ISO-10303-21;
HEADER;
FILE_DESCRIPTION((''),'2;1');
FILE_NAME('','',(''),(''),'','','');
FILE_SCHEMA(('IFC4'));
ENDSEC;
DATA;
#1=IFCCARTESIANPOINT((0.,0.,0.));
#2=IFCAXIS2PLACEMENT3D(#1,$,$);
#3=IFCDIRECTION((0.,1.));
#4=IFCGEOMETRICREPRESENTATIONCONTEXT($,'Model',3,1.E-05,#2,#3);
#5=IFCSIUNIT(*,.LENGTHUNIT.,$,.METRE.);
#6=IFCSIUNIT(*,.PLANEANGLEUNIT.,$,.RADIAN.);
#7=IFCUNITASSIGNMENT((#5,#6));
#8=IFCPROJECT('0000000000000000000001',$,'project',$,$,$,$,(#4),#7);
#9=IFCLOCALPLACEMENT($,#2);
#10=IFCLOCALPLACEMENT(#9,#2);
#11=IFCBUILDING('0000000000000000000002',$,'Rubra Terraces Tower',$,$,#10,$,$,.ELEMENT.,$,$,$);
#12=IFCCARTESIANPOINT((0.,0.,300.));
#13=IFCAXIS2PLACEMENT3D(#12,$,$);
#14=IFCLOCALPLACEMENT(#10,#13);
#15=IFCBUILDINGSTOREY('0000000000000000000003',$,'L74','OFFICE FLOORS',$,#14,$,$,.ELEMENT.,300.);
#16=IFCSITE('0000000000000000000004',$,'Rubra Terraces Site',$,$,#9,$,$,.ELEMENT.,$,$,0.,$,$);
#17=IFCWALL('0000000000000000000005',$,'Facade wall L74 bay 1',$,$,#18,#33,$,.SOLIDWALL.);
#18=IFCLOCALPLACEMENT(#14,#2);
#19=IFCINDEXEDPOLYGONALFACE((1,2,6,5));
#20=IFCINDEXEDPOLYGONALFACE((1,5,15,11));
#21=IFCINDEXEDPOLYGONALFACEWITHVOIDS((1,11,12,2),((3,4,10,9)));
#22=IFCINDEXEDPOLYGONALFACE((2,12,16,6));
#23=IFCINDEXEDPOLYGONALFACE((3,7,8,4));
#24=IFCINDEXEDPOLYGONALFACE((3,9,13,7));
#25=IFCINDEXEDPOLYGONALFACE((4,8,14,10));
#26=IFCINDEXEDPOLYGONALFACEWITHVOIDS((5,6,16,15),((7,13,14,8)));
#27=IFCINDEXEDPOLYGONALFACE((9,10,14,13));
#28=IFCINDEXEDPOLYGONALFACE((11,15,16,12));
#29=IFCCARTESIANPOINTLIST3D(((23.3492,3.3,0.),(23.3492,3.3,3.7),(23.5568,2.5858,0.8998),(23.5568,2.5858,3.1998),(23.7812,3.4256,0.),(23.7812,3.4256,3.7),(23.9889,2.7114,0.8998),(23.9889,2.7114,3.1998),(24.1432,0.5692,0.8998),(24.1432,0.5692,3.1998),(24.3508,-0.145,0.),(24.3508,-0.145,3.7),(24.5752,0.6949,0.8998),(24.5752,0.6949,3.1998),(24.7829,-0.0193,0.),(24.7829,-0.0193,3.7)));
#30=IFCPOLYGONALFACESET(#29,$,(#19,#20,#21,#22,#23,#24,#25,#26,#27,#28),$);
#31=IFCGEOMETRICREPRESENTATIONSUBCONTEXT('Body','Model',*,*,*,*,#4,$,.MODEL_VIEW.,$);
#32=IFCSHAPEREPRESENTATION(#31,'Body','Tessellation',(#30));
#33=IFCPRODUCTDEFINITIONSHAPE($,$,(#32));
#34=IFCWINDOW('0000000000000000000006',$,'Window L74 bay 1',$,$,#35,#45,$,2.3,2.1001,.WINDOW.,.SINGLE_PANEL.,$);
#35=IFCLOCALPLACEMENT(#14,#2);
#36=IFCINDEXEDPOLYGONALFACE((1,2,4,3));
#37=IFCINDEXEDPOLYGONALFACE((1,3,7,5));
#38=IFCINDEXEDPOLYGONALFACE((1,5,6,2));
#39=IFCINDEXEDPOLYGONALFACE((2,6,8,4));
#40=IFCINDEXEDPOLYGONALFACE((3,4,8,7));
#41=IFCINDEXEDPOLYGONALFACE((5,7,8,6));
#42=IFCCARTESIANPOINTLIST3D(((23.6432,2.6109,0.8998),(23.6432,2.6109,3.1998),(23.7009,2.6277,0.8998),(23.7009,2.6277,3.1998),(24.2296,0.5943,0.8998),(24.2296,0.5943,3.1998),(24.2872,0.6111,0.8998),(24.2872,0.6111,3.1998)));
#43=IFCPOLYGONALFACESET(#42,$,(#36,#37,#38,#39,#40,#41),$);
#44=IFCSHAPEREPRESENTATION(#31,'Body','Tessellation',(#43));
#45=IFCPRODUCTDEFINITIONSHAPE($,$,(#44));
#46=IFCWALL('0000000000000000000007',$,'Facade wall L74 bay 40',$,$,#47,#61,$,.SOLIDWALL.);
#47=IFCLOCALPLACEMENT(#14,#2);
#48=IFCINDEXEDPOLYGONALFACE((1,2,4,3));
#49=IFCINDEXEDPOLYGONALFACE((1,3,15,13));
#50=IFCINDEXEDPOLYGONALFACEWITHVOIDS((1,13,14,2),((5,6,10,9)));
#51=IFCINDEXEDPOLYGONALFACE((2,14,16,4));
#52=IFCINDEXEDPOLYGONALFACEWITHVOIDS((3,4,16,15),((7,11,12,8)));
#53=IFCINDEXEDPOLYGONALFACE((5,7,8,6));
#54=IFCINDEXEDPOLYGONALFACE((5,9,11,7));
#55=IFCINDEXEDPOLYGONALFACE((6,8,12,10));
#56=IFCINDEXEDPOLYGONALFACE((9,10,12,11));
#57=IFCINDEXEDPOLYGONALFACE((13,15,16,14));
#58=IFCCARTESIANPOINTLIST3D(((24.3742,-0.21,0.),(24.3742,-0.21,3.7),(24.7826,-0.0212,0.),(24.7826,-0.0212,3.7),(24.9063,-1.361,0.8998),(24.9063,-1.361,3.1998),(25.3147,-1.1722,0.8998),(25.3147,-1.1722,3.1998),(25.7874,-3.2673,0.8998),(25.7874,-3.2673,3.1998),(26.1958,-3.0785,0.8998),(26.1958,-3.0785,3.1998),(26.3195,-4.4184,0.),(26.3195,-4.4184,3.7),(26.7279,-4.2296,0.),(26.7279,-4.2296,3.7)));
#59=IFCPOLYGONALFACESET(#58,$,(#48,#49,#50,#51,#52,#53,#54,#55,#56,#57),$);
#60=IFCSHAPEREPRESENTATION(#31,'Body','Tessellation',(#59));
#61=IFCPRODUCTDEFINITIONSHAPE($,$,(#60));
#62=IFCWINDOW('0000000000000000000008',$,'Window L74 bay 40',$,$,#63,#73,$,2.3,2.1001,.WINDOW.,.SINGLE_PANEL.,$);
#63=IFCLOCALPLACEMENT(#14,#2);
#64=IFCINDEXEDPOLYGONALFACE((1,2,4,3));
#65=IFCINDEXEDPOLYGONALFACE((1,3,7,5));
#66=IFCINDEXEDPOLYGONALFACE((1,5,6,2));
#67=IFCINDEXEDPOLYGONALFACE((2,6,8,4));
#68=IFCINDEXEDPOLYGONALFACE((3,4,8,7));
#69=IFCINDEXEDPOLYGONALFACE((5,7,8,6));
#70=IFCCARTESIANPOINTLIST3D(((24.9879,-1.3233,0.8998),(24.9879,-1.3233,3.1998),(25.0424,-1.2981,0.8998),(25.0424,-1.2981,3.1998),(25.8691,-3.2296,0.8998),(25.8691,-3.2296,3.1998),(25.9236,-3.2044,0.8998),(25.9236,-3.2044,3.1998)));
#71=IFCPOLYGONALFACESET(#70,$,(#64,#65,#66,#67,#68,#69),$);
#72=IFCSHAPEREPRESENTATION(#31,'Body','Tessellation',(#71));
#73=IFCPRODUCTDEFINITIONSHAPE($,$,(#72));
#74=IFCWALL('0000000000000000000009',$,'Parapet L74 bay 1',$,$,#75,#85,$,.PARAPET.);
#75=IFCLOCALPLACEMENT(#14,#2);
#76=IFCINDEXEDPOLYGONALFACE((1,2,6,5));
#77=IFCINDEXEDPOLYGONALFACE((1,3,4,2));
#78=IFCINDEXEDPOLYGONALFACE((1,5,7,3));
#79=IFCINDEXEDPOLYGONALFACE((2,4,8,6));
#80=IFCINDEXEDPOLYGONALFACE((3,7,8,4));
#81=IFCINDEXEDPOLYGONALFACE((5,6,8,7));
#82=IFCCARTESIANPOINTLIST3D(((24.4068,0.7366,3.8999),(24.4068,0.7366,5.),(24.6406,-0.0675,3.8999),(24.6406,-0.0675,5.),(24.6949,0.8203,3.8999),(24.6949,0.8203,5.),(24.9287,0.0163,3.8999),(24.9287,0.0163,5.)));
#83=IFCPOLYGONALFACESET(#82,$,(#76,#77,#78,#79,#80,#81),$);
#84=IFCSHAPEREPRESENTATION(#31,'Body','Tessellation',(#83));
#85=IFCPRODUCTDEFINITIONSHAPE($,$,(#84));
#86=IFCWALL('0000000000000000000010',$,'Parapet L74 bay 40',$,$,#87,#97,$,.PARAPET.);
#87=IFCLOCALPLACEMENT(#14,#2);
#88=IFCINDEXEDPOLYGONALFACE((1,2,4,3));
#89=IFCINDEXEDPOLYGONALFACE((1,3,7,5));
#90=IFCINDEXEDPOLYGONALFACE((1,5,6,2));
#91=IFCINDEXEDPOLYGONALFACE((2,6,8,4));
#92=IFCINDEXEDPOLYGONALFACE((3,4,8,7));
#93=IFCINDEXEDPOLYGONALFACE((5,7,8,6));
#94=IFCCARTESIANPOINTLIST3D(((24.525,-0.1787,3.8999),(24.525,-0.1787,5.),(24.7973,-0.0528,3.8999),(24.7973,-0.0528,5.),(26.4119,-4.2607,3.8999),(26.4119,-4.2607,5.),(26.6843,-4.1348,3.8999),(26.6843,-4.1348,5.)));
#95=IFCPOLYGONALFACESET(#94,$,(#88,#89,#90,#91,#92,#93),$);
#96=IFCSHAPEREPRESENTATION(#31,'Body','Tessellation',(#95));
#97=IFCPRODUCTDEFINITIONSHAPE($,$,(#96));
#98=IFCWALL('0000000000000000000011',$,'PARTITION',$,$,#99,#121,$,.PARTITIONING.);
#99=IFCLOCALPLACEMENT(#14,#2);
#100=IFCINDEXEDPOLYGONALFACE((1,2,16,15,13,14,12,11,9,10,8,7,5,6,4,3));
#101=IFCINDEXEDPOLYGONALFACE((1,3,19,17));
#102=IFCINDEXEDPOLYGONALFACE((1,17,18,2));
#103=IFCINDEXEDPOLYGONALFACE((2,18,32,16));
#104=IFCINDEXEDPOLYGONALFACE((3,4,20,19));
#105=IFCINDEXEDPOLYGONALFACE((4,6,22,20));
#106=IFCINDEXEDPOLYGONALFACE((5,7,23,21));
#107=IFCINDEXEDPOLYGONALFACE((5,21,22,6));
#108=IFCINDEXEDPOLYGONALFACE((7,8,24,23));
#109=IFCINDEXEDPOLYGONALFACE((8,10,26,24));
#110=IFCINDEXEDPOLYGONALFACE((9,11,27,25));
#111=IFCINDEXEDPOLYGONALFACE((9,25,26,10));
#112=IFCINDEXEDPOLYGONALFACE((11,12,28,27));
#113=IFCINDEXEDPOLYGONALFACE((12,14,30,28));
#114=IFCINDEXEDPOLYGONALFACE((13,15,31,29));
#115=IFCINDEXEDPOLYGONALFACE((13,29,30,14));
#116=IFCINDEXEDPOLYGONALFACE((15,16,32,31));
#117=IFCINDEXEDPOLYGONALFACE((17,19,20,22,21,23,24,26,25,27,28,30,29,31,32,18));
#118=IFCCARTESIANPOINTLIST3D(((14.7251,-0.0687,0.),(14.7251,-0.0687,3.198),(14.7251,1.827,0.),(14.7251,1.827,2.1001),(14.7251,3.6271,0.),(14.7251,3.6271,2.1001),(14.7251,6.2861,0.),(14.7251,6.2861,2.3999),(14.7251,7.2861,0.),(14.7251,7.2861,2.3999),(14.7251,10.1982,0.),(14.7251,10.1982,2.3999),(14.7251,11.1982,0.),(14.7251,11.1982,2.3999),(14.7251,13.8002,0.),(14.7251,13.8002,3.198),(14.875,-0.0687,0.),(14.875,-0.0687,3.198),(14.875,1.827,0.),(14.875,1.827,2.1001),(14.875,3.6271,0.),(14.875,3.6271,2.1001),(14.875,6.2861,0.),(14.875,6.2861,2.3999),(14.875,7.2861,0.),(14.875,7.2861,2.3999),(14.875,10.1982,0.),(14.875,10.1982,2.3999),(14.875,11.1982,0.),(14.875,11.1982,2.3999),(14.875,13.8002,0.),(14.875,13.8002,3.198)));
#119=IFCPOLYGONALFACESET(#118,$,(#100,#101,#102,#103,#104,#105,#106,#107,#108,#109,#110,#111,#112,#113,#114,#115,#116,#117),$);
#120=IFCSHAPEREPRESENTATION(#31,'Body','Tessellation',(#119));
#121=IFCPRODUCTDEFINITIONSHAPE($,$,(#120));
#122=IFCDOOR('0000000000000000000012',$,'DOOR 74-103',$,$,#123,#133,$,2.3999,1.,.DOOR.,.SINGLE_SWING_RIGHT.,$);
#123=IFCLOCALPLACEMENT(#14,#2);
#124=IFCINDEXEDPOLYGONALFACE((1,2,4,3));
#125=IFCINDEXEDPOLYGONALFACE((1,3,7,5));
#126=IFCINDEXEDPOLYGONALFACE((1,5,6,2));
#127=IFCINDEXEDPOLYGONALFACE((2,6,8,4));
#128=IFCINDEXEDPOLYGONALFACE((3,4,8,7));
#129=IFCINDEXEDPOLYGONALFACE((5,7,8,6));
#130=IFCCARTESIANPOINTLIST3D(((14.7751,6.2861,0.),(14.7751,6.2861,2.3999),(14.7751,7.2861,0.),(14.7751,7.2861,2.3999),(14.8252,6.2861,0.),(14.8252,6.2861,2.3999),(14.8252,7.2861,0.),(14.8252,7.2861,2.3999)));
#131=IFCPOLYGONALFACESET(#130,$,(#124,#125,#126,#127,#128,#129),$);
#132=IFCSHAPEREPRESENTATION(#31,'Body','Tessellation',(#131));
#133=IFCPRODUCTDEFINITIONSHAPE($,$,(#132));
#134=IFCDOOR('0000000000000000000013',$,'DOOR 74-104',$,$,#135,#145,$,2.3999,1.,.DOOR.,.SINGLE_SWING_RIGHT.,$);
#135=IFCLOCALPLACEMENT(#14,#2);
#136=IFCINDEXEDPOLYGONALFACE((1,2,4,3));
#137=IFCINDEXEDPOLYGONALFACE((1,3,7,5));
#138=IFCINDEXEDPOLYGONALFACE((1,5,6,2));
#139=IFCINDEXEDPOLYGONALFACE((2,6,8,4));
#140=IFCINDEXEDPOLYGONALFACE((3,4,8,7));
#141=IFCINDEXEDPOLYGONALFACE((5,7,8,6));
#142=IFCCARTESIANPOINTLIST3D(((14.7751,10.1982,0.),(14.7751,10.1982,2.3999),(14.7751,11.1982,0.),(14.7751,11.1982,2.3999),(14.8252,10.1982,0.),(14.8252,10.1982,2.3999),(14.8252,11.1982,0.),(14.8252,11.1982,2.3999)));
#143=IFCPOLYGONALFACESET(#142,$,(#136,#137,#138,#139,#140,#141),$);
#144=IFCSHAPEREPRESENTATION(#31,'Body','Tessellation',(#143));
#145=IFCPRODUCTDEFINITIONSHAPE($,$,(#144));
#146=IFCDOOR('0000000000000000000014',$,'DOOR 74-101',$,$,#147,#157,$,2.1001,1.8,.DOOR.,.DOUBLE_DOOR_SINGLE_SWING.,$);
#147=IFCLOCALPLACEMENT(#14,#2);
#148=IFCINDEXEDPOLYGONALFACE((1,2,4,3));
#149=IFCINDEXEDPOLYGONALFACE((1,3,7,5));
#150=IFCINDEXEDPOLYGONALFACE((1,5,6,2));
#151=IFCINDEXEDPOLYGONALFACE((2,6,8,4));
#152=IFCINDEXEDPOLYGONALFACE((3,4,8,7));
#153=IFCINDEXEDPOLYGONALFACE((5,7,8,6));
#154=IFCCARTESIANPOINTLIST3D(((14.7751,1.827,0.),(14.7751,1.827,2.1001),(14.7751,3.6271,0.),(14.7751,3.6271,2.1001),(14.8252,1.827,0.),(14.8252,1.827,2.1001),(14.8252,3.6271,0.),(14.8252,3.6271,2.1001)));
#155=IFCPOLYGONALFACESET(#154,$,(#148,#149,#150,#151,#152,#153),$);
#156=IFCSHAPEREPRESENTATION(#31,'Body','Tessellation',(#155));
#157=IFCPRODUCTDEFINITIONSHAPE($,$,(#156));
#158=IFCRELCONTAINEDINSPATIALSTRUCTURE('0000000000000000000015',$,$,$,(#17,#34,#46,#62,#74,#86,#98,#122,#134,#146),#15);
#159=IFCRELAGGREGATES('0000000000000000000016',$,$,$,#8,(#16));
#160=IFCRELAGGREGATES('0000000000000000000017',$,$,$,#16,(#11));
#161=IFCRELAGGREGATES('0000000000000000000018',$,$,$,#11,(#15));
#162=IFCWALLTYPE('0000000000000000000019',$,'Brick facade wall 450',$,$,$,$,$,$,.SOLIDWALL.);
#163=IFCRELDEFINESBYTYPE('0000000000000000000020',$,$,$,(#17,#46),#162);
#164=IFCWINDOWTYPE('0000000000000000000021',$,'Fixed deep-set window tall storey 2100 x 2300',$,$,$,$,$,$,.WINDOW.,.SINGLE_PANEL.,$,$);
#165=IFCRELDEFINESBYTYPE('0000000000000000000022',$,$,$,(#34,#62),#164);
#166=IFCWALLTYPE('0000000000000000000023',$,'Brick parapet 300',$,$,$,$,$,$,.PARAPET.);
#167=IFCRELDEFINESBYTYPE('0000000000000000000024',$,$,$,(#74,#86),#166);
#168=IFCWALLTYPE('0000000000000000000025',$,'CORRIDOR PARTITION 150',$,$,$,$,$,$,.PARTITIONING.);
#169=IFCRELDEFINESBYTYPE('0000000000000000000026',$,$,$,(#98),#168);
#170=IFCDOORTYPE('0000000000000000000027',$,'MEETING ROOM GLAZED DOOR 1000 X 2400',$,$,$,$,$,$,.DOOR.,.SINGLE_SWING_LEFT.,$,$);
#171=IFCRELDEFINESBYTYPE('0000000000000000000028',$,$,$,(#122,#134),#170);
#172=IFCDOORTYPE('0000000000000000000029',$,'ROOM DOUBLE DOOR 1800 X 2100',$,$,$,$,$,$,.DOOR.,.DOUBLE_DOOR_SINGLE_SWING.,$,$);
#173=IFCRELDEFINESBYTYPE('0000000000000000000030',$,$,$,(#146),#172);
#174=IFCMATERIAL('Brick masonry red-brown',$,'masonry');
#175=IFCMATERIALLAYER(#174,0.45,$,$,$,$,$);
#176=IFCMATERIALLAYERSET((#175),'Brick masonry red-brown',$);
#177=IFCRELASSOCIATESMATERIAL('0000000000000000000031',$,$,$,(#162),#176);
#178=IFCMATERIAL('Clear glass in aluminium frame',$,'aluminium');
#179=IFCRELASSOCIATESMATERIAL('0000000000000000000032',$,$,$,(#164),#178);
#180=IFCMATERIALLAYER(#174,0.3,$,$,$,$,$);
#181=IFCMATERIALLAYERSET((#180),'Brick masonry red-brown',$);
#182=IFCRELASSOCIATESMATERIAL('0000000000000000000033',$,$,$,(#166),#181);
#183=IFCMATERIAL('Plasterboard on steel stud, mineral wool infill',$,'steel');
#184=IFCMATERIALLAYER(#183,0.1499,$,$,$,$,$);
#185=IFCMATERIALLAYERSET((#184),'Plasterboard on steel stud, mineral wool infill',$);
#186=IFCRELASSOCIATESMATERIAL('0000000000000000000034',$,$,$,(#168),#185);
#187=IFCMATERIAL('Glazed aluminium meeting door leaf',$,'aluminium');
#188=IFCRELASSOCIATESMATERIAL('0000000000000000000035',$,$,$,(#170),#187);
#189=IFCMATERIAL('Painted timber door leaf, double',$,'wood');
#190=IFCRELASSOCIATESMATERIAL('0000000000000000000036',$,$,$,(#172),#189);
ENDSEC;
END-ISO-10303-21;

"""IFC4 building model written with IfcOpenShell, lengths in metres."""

from ifc_helpers import new_model, si_unit, direction, frame, frame_2d, origin, place, context, subcontext, project, spatial, rectangle, extrude, material, layer, layer_set, type_object, element, fill, save


model = new_model("IFC4")

# Units and contexts
model_context = context("Model", 3, precision=1e-05, world=origin(), true_north=direction((0.0, 1.0)))
body_context = subcontext(model_context, "Body", "Model", "MODEL_VIEW")
ifc_project = project(units=[si_unit("LENGTHUNIT", "METRE"), si_unit("PLANEANGLEUNIT", "RADIAN")], contexts=[model_context])

# Site, building, storey
site_placement = place(None, origin())
site = spatial("IfcSite", under=ifc_project, at=site_placement, Name="Rubra Terraces Site", CompositionType="ELEMENT", RefElevation=0.0)
building_placement = place(site_placement, origin())
building = spatial("IfcBuilding", under=site, at=building_placement, Name="Rubra Terraces Tower", CompositionType="ELEMENT")
storey_placement = place(building_placement, frame((0.0, 0.0, 300.0)))
storey = spatial("IfcBuildingStorey", under=building, at=storey_placement, Name="L74", Description="OFFICE FLOORS", CompositionType="ELEMENT", Elevation=300.0)

# Walls, openings, windows
ifc_material_1 = material(Name="Brick masonry red-brown", Category="masonry")
ifc_layer_1 = layer(ifc_material_1, 0.45)
ifc_layer_set_1 = layer_set([ifc_layer_1], Name="Brick masonry red-brown")
wall_type_1 = type_object("IfcWallType", Name="Brick facade wall 450", PredefinedType="SOLIDWALL", material=ifc_layer_set_1)
wall_1_placement = place(storey_placement, frame((24.5669, -0.0823, 0.0), z_axis=(0.0, 0.0, 1.0), x_axis=(-0.279203, 0.960232, 0.0)))
wall_1 = element("IfcWall", 1, at=wall_1_placement, inside=storey, type_object=wall_type_1, Name="Facade wall L74 bay 1", PredefinedType="SOLIDWALL", context=body_context, shape_type="SweptSolid", body=[
    extrude(rectangle(XDim=3.5876, YDim=0.45, at=frame_2d((1.7939, 0.0))), origin(), (0.0, 0.0, 1.0), 3.7),
])
opening_1_placement = place(wall_1_placement, frame((0.7439, 0.0, 0.8999)))
opening_1 = element("IfcOpeningElement", 2, at=opening_1_placement, cuts=wall_1, PredefinedType="OPENING", context=body_context, shape_type="SweptSolid", body=[
    extrude(rectangle(XDim=2.1001, YDim=2.3, at=frame_2d((1.05, 1.1499))), frame((0.0, 0.2349, 0.0), z_axis=(0.0, -1.0, 0.0), x_axis=(1.0, 0.0, 0.0)), (0.0, 0.0, 1.0), 0.47),
])
ifc_material_2 = material(Name="Clear glass in aluminium frame", Category="aluminium")
window_type = type_object("IfcWindowType", Name="Fixed deep-set window tall storey 2100 x 2300", PartitioningType="SINGLE_PANEL", PredefinedType="WINDOW", material=ifc_material_2)
window_1_placement = place(opening_1_placement, origin())
window_1 = element("IfcWindow", 3, at=window_1_placement, inside=storey, type_object=window_type, Name="Window L74 bay 1", OverallHeight=2.3, OverallWidth=2.1001, PartitioningType="SINGLE_PANEL", PredefinedType="WINDOW", context=body_context, shape_type="SweptSolid", body=[
    extrude(rectangle(XDim=2.1001, YDim=2.3, at=frame_2d((1.05, 1.1499))), frame((0.0, 0.135, 0.0), z_axis=(0.0, -1.0, 0.0), x_axis=(1.0, 0.0, 0.0)), (0.0, 0.0, 1.0), 0.0601),
])
fill(opening_1, window_1)
wall_2_placement = place(storey_placement, frame((26.5237, -4.324, 0.0), z_axis=(0.0, 0.0, 1.0), x_axis=(-0.419579, 0.907719, 0.0)))
wall_2 = element("IfcWall", 4, at=wall_2_placement, inside=storey, type_object=wall_type_1, Name="Facade wall L74 bay 40", PredefinedType="SOLIDWALL", context=body_context, shape_type="SweptSolid", body=[
    extrude(rectangle(XDim=4.6362, YDim=0.45, at=frame_2d((2.3181, 0.0))), origin(), (0.0, 0.0, 1.0), 3.7),
])
opening_2_placement = place(wall_2_placement, frame((1.2681, 0.0, 0.8999)))
opening_2 = element("IfcOpeningElement", 5, at=opening_2_placement, cuts=wall_2, PredefinedType="OPENING", context=body_context, shape_type="SweptSolid", body=[
    extrude(rectangle(XDim=2.1001, YDim=2.3, at=frame_2d((1.05, 1.1499))), frame((0.0, 0.2349, 0.0), z_axis=(0.0, -1.0, 0.0), x_axis=(1.0, 0.0, 0.0)), (0.0, 0.0, 1.0), 0.47),
])
window_2_placement = place(opening_2_placement, origin())
window_2 = element("IfcWindow", 6, at=window_2_placement, inside=storey, type_object=window_type, Name="Window L74 bay 40", OverallHeight=2.3, OverallWidth=2.1001, PartitioningType="SINGLE_PANEL", PredefinedType="WINDOW", context=body_context, shape_type="SweptSolid", body=[
    extrude(rectangle(XDim=2.1001, YDim=2.3, at=frame_2d((1.05, 1.1499))), frame((0.0, 0.135, 0.0), z_axis=(0.0, -1.0, 0.0), x_axis=(1.0, 0.0, 0.0)), (0.0, 0.0, 1.0), 0.0601),
])
fill(opening_2, window_2)

# Walls
ifc_layer_2 = layer(ifc_material_1, 0.3)
ifc_layer_set_2 = layer_set([ifc_layer_2], Name="Brick masonry red-brown")
wall_type_2 = type_object("IfcWallType", Name="Brick parapet 300", PredefinedType="PARAPET", material=ifc_layer_set_2)
wall_3_placement = place(storey_placement, frame((24.7847, -0.0256, 3.8999), z_axis=(0.0, 0.0, 1.0), x_axis=(-0.279261, 0.960215, 0.0)))
element("IfcWall", 7, at=wall_3_placement, inside=storey, type_object=wall_type_2, Name="Parapet L74 bay 1", PredefinedType="PARAPET", context=body_context, shape_type="SweptSolid", body=[
    extrude(rectangle(XDim=0.8374, YDim=0.3, at=frame_2d((0.4187, 0.0))), origin(), (0.0, 0.0, 1.0), 1.1001),
])
wall_4_placement = place(storey_placement, frame((26.5481, -4.1978, 3.8999), z_axis=(0.0, 0.0, 1.0), x_axis=(-0.419599, 0.90771, 0.0)))
element("IfcWall", 8, at=wall_4_placement, inside=storey, type_object=wall_type_2, Name="Parapet L74 bay 40", PredefinedType="PARAPET", context=body_context, shape_type="SweptSolid", body=[
    extrude(rectangle(XDim=4.4971, YDim=0.3, at=frame_2d((2.2485, 0.0))), origin(), (0.0, 0.0, 1.0), 1.1001),
])

# Wall, openings, doors
ifc_material_3 = material(Name="Plasterboard on steel stud, mineral wool infill", Category="steel")
ifc_layer_3 = layer(ifc_material_3, 0.1499)
ifc_layer_set_3 = layer_set([ifc_layer_3], Name="Plasterboard on steel stud, mineral wool infill")
wall_type_3 = type_object("IfcWallType", Name="CORRIDOR PARTITION 150", PredefinedType="PARTITIONING", material=ifc_layer_set_3)
wall_5_placement = place(storey_placement, frame((14.8, -0.0688, 0.0), z_axis=(0.0, 0.0, 1.0), x_axis=(0.0, 1.0, 0.0)))
wall_5 = element("IfcWall", 9, at=wall_5_placement, inside=storey, type_object=wall_type_3, Name="PARTITION", PredefinedType="PARTITIONING", context=body_context, shape_type="SweptSolid", body=[
    extrude(rectangle(XDim=13.8689, YDim=0.1499, at=frame_2d((6.9346, 0.0))), origin(), (0.0, 0.0, 1.0), 3.198),
])
opening_3_placement = place(wall_5_placement, frame((1.896, 0.0, 0.0)))
opening_3 = element("IfcOpeningElement", 10, at=opening_3_placement, cuts=wall_5, PredefinedType="OPENING", context=body_context, shape_type="SweptSolid", body=[
    extrude(rectangle(XDim=1.8, YDim=2.1001, at=frame_2d((0.8999, 1.05))), frame((0.0, 0.085, 0.0), z_axis=(0.0, -1.0, 0.0), x_axis=(1.0, 0.0, 0.0)), (0.0, 0.0, 1.0), 0.1699),
])
opening_4_placement = place(wall_5_placement, frame((6.355, 0.0, 0.0)))
opening_4 = element("IfcOpeningElement", 11, at=opening_4_placement, cuts=wall_5, PredefinedType="OPENING", context=body_context, shape_type="SweptSolid", body=[
    extrude(rectangle(XDim=1.0, YDim=2.3999, at=frame_2d((0.5, 1.2))), frame((0.0, 0.085, 0.0), z_axis=(0.0, -1.0, 0.0), x_axis=(1.0, 0.0, 0.0)), (0.0, 0.0, 1.0), 0.1699),
])
opening_5_placement = place(wall_5_placement, frame((10.2671, 0.0, 0.0)))
opening_5 = element("IfcOpeningElement", 12, at=opening_5_placement, cuts=wall_5, PredefinedType="OPENING", context=body_context, shape_type="SweptSolid", body=[
    extrude(rectangle(XDim=1.0, YDim=2.3999, at=frame_2d((0.5, 1.2))), frame((0.0, 0.085, 0.0), z_axis=(0.0, -1.0, 0.0), x_axis=(1.0, 0.0, 0.0)), (0.0, 0.0, 1.0), 0.1699),
])
ifc_material_4 = material(Name="Glazed aluminium meeting door leaf", Category="aluminium")
door_type_1 = type_object("IfcDoorType", Name="MEETING ROOM GLAZED DOOR 1000 X 2400", OperationType="SINGLE_SWING_LEFT", PredefinedType="DOOR", material=ifc_material_4)
door_1_placement = place(opening_4_placement, origin())
door_1 = element("IfcDoor", 13, at=door_1_placement, inside=storey, type_object=door_type_1, Name="DOOR 74-103", OperationType="SINGLE_SWING_RIGHT", OverallHeight=2.3999, OverallWidth=1.0, PredefinedType="DOOR", context=body_context, shape_type="SweptSolid", body=[
    extrude(rectangle(XDim=1.0, YDim=2.3999, at=frame_2d((0.5, 1.2))), frame((0.0, 0.0249, 0.0), z_axis=(0.0, -1.0, 0.0), x_axis=(1.0, 0.0, 0.0)), (0.0, 0.0, 1.0), 0.05),
])
fill(opening_4, door_1)
door_2_placement = place(opening_5_placement, origin())
door_2 = element("IfcDoor", 14, at=door_2_placement, inside=storey, type_object=door_type_1, Name="DOOR 74-104", OperationType="SINGLE_SWING_RIGHT", OverallHeight=2.3999, OverallWidth=1.0, PredefinedType="DOOR", context=body_context, shape_type="SweptSolid", body=[
    extrude(rectangle(XDim=1.0, YDim=2.3999, at=frame_2d((0.5, 1.2))), frame((0.0, 0.0249, 0.0), z_axis=(0.0, -1.0, 0.0), x_axis=(1.0, 0.0, 0.0)), (0.0, 0.0, 1.0), 0.05),
])
fill(opening_5, door_2)
ifc_material_5 = material(Name="Painted timber door leaf, double", Category="wood")
door_type_2 = type_object("IfcDoorType", Name="ROOM DOUBLE DOOR 1800 X 2100", OperationType="DOUBLE_DOOR_SINGLE_SWING", PredefinedType="DOOR", material=ifc_material_5)
door_3_placement = place(opening_3_placement, origin())
door_3 = element("IfcDoor", 15, at=door_3_placement, inside=storey, type_object=door_type_2, Name="DOOR 74-101", OperationType="DOUBLE_DOOR_SINGLE_SWING", OverallHeight=2.1001, OverallWidth=1.8, PredefinedType="DOOR", context=body_context, shape_type="SweptSolid", body=[
    extrude(rectangle(XDim=1.8, YDim=2.1001, at=frame_2d((0.8999, 1.05))), frame((0.0, 0.0249, 0.0), z_axis=(0.0, -1.0, 0.0), x_axis=(1.0, 0.0, 0.0)), (0.0, 0.0, 1.0), 0.05),
])
fill(opening_3, door_3)

save(model, "model.ifc")
